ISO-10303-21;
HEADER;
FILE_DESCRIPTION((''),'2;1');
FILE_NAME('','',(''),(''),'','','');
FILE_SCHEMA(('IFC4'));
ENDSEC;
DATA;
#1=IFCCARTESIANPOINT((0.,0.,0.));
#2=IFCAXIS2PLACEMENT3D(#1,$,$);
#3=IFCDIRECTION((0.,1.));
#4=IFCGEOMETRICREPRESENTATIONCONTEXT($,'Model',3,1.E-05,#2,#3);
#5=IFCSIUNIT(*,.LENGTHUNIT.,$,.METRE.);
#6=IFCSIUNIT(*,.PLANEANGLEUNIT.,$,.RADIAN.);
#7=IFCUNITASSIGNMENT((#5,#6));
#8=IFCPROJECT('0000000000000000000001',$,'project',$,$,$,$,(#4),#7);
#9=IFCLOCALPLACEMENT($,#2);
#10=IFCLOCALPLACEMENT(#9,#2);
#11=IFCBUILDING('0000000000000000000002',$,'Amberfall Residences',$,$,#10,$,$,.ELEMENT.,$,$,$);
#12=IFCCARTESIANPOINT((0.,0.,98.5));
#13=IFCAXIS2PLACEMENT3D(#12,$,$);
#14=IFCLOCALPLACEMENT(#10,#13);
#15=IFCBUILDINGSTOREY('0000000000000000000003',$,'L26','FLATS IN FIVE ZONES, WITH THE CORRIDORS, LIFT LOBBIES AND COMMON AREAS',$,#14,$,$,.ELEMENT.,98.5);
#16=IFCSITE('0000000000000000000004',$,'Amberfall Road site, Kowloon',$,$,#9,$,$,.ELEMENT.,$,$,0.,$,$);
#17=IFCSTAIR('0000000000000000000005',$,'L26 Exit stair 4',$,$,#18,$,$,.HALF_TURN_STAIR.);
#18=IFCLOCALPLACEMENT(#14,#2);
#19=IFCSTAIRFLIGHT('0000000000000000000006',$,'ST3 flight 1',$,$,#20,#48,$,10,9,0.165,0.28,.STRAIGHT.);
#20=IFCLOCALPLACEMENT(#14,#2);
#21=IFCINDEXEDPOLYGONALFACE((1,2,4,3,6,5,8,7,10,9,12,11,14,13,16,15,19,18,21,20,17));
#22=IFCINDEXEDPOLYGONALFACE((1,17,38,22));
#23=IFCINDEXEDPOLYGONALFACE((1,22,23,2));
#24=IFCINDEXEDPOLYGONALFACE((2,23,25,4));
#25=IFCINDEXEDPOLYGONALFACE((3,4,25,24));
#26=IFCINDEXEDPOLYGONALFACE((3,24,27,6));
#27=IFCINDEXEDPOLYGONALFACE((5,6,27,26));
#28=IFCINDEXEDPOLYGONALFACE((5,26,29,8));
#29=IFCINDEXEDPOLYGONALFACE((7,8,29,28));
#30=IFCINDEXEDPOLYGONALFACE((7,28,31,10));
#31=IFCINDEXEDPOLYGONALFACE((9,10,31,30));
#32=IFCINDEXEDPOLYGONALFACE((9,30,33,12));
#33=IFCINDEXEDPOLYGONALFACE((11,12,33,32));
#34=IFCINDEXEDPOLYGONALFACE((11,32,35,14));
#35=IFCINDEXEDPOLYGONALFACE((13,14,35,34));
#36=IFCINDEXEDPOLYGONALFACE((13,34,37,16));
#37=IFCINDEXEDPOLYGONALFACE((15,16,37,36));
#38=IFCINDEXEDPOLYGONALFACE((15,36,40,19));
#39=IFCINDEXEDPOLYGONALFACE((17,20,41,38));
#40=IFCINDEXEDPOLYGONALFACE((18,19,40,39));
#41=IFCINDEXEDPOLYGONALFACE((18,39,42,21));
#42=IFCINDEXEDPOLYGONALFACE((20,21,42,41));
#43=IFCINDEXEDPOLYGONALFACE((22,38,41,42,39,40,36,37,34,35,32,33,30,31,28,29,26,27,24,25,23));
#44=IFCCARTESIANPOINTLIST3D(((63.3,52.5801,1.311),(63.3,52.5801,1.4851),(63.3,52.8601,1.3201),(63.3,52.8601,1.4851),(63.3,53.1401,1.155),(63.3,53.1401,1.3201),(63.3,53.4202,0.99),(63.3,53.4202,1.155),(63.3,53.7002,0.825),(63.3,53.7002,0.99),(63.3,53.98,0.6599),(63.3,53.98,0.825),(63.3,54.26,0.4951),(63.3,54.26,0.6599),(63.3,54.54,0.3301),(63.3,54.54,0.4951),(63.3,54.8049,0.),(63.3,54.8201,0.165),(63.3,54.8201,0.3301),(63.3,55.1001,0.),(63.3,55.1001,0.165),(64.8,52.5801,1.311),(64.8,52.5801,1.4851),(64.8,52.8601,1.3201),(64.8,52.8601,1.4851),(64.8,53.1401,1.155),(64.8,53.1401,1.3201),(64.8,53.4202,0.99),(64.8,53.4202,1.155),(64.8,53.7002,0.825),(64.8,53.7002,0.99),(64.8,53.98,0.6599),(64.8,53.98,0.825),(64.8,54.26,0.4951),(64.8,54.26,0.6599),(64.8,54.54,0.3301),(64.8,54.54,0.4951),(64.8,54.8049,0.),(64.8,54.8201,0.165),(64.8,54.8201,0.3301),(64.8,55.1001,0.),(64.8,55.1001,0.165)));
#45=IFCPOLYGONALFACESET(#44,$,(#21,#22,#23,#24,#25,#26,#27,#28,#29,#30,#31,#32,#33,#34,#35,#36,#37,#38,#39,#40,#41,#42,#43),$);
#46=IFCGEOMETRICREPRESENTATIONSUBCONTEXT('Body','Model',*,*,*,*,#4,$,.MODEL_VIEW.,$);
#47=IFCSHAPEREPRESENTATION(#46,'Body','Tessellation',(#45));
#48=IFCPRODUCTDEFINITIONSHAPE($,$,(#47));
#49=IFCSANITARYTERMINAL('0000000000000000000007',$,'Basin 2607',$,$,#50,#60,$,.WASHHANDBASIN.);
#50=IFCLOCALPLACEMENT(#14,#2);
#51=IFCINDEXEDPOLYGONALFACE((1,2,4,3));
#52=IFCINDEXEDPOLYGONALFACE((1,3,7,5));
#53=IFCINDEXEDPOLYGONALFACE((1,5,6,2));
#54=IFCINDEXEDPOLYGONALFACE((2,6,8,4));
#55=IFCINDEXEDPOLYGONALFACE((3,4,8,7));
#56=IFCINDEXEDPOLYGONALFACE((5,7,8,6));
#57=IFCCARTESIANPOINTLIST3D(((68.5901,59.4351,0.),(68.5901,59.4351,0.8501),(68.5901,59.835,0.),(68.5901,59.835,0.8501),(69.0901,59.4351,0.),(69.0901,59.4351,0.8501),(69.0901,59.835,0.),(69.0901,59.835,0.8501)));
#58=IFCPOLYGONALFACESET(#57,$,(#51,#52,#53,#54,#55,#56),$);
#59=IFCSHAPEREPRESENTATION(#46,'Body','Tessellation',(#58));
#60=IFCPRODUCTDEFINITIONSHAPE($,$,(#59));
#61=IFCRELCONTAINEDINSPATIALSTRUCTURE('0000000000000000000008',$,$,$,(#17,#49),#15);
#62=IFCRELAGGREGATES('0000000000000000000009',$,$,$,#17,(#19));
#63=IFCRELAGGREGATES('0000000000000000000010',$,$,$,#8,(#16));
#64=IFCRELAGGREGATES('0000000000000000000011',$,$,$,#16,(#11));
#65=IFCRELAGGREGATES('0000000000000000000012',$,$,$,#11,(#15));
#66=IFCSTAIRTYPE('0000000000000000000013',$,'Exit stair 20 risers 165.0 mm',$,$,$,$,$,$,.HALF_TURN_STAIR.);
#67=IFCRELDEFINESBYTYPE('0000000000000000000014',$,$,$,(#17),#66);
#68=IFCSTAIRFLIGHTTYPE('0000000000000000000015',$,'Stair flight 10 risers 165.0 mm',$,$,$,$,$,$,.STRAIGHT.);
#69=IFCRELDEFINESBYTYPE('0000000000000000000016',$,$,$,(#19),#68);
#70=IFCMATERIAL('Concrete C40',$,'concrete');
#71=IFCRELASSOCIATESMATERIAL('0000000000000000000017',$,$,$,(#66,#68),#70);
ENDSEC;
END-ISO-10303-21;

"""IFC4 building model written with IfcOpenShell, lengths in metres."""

from ifc_helpers import new_model, si_unit, direction, frame, origin, origin_2d, place, context, subcontext, project, spatial, polyline, rectangle, outline, extrude, material, type_object, element, aggregate, save


model = new_model("IFC4")

# Units and contexts
model_context = context("Model", 3, precision=1e-05, world=origin(), true_north=direction((0.0, 1.0)))
body_context = subcontext(model_context, "Body", "Model", "MODEL_VIEW")
ifc_project = project(units=[si_unit("LENGTHUNIT", "METRE"), si_unit("PLANEANGLEUNIT", "RADIAN")], contexts=[model_context])

# Site, building, storey
site_placement = place(None, origin())
site = spatial("IfcSite", under=ifc_project, at=site_placement, Name="Amberfall Road site, Kowloon", CompositionType="ELEMENT", RefElevation=0.0)
building_placement = place(site_placement, origin())
building = spatial("IfcBuilding", under=site, at=building_placement, Name="Amberfall Residences", CompositionType="ELEMENT")
storey_placement = place(building_placement, frame((0.0, 0.0, 98.5)))
storey = spatial("IfcBuildingStorey", under=building, at=storey_placement, Name="L26", Description="FLATS IN FIVE ZONES, WITH THE CORRIDORS, LIFT LOBBIES AND COMMON AREAS", CompositionType="ELEMENT", Elevation=98.5)

# Stair, stair flight
ifc_material_1 = material(Name="Concrete C40", Category="concrete")
stair_type = type_object("IfcStairType", Name="Exit stair 20 risers 165.0 mm", PredefinedType="HALF_TURN_STAIR", material=ifc_material_1)
stair_placement = place(storey_placement, origin())
stair = element("IfcStair", 1, at=stair_placement, inside=storey, type_object=stair_type, Name="L26 Exit stair 4", PredefinedType="HALF_TURN_STAIR")
stair_flight_type = type_object("IfcStairFlightType", Name="Stair flight 10 risers 165.0 mm", PredefinedType="STRAIGHT", material=ifc_material_1)
stair_flight_placement = place(storey_placement, frame((64.05, 55.1001, 0.0), z_axis=(0.0, 0.0, 1.0), x_axis=(0.0, -1.0, 0.0)))
stair_flight = element("IfcStairFlight", 2, at=stair_flight_placement, type_object=stair_flight_type, Name="ST3 flight 1", NumberOfRisers=10, NumberOfTreads=9, PredefinedType="STRAIGHT", RiserHeight=0.165, TreadLength=0.28, context=body_context, shape_type="SweptSolid", body=[
    extrude(outline(polyline([(0.0, 0.0), (0.0, 0.165), (0.28, 0.165), (0.28, 0.3301), (0.5601, 0.3301), (0.5601, 0.4951), (0.8401, 0.4951), (0.8401, 0.6599), (1.1201, 0.6599), (1.1201, 0.825), (1.3999, 0.825), (1.3999, 0.99), (1.6799, 0.99), (1.6799, 1.155), (1.96, 1.155), (1.96, 1.3201), (2.24, 1.3201), (2.24, 1.4851), (2.52, 1.4851), (2.52, 1.6499), (2.52, 1.311), (0.2952, 0.0), (0.0, 0.0)])), frame((0.0, 0.75, 0.0), z_axis=(0.0, -1.0, 0.0), x_axis=(1.0, 0.0, 0.0)), (0.0, 0.0, 1.0), 1.5),
])
aggregate(stair, [stair_flight])

# Sanitary terminal
sanitary_terminal_placement = place(storey_placement, frame((68.8401, 59.635, 0.0), z_axis=(0.0, 0.0, 1.0), x_axis=(1.0, 0.0, 0.0)))
element("IfcSanitaryTerminal", 3, at=sanitary_terminal_placement, inside=storey, Name="Basin 2607", PredefinedType="WASHHANDBASIN", context=body_context, shape_type="SweptSolid", body=[
    extrude(rectangle(XDim=0.5, YDim=0.3999, at=origin_2d()), origin(), (0.0, 0.0, 1.0), 0.8501),
])

save(model, "model.ifc")
